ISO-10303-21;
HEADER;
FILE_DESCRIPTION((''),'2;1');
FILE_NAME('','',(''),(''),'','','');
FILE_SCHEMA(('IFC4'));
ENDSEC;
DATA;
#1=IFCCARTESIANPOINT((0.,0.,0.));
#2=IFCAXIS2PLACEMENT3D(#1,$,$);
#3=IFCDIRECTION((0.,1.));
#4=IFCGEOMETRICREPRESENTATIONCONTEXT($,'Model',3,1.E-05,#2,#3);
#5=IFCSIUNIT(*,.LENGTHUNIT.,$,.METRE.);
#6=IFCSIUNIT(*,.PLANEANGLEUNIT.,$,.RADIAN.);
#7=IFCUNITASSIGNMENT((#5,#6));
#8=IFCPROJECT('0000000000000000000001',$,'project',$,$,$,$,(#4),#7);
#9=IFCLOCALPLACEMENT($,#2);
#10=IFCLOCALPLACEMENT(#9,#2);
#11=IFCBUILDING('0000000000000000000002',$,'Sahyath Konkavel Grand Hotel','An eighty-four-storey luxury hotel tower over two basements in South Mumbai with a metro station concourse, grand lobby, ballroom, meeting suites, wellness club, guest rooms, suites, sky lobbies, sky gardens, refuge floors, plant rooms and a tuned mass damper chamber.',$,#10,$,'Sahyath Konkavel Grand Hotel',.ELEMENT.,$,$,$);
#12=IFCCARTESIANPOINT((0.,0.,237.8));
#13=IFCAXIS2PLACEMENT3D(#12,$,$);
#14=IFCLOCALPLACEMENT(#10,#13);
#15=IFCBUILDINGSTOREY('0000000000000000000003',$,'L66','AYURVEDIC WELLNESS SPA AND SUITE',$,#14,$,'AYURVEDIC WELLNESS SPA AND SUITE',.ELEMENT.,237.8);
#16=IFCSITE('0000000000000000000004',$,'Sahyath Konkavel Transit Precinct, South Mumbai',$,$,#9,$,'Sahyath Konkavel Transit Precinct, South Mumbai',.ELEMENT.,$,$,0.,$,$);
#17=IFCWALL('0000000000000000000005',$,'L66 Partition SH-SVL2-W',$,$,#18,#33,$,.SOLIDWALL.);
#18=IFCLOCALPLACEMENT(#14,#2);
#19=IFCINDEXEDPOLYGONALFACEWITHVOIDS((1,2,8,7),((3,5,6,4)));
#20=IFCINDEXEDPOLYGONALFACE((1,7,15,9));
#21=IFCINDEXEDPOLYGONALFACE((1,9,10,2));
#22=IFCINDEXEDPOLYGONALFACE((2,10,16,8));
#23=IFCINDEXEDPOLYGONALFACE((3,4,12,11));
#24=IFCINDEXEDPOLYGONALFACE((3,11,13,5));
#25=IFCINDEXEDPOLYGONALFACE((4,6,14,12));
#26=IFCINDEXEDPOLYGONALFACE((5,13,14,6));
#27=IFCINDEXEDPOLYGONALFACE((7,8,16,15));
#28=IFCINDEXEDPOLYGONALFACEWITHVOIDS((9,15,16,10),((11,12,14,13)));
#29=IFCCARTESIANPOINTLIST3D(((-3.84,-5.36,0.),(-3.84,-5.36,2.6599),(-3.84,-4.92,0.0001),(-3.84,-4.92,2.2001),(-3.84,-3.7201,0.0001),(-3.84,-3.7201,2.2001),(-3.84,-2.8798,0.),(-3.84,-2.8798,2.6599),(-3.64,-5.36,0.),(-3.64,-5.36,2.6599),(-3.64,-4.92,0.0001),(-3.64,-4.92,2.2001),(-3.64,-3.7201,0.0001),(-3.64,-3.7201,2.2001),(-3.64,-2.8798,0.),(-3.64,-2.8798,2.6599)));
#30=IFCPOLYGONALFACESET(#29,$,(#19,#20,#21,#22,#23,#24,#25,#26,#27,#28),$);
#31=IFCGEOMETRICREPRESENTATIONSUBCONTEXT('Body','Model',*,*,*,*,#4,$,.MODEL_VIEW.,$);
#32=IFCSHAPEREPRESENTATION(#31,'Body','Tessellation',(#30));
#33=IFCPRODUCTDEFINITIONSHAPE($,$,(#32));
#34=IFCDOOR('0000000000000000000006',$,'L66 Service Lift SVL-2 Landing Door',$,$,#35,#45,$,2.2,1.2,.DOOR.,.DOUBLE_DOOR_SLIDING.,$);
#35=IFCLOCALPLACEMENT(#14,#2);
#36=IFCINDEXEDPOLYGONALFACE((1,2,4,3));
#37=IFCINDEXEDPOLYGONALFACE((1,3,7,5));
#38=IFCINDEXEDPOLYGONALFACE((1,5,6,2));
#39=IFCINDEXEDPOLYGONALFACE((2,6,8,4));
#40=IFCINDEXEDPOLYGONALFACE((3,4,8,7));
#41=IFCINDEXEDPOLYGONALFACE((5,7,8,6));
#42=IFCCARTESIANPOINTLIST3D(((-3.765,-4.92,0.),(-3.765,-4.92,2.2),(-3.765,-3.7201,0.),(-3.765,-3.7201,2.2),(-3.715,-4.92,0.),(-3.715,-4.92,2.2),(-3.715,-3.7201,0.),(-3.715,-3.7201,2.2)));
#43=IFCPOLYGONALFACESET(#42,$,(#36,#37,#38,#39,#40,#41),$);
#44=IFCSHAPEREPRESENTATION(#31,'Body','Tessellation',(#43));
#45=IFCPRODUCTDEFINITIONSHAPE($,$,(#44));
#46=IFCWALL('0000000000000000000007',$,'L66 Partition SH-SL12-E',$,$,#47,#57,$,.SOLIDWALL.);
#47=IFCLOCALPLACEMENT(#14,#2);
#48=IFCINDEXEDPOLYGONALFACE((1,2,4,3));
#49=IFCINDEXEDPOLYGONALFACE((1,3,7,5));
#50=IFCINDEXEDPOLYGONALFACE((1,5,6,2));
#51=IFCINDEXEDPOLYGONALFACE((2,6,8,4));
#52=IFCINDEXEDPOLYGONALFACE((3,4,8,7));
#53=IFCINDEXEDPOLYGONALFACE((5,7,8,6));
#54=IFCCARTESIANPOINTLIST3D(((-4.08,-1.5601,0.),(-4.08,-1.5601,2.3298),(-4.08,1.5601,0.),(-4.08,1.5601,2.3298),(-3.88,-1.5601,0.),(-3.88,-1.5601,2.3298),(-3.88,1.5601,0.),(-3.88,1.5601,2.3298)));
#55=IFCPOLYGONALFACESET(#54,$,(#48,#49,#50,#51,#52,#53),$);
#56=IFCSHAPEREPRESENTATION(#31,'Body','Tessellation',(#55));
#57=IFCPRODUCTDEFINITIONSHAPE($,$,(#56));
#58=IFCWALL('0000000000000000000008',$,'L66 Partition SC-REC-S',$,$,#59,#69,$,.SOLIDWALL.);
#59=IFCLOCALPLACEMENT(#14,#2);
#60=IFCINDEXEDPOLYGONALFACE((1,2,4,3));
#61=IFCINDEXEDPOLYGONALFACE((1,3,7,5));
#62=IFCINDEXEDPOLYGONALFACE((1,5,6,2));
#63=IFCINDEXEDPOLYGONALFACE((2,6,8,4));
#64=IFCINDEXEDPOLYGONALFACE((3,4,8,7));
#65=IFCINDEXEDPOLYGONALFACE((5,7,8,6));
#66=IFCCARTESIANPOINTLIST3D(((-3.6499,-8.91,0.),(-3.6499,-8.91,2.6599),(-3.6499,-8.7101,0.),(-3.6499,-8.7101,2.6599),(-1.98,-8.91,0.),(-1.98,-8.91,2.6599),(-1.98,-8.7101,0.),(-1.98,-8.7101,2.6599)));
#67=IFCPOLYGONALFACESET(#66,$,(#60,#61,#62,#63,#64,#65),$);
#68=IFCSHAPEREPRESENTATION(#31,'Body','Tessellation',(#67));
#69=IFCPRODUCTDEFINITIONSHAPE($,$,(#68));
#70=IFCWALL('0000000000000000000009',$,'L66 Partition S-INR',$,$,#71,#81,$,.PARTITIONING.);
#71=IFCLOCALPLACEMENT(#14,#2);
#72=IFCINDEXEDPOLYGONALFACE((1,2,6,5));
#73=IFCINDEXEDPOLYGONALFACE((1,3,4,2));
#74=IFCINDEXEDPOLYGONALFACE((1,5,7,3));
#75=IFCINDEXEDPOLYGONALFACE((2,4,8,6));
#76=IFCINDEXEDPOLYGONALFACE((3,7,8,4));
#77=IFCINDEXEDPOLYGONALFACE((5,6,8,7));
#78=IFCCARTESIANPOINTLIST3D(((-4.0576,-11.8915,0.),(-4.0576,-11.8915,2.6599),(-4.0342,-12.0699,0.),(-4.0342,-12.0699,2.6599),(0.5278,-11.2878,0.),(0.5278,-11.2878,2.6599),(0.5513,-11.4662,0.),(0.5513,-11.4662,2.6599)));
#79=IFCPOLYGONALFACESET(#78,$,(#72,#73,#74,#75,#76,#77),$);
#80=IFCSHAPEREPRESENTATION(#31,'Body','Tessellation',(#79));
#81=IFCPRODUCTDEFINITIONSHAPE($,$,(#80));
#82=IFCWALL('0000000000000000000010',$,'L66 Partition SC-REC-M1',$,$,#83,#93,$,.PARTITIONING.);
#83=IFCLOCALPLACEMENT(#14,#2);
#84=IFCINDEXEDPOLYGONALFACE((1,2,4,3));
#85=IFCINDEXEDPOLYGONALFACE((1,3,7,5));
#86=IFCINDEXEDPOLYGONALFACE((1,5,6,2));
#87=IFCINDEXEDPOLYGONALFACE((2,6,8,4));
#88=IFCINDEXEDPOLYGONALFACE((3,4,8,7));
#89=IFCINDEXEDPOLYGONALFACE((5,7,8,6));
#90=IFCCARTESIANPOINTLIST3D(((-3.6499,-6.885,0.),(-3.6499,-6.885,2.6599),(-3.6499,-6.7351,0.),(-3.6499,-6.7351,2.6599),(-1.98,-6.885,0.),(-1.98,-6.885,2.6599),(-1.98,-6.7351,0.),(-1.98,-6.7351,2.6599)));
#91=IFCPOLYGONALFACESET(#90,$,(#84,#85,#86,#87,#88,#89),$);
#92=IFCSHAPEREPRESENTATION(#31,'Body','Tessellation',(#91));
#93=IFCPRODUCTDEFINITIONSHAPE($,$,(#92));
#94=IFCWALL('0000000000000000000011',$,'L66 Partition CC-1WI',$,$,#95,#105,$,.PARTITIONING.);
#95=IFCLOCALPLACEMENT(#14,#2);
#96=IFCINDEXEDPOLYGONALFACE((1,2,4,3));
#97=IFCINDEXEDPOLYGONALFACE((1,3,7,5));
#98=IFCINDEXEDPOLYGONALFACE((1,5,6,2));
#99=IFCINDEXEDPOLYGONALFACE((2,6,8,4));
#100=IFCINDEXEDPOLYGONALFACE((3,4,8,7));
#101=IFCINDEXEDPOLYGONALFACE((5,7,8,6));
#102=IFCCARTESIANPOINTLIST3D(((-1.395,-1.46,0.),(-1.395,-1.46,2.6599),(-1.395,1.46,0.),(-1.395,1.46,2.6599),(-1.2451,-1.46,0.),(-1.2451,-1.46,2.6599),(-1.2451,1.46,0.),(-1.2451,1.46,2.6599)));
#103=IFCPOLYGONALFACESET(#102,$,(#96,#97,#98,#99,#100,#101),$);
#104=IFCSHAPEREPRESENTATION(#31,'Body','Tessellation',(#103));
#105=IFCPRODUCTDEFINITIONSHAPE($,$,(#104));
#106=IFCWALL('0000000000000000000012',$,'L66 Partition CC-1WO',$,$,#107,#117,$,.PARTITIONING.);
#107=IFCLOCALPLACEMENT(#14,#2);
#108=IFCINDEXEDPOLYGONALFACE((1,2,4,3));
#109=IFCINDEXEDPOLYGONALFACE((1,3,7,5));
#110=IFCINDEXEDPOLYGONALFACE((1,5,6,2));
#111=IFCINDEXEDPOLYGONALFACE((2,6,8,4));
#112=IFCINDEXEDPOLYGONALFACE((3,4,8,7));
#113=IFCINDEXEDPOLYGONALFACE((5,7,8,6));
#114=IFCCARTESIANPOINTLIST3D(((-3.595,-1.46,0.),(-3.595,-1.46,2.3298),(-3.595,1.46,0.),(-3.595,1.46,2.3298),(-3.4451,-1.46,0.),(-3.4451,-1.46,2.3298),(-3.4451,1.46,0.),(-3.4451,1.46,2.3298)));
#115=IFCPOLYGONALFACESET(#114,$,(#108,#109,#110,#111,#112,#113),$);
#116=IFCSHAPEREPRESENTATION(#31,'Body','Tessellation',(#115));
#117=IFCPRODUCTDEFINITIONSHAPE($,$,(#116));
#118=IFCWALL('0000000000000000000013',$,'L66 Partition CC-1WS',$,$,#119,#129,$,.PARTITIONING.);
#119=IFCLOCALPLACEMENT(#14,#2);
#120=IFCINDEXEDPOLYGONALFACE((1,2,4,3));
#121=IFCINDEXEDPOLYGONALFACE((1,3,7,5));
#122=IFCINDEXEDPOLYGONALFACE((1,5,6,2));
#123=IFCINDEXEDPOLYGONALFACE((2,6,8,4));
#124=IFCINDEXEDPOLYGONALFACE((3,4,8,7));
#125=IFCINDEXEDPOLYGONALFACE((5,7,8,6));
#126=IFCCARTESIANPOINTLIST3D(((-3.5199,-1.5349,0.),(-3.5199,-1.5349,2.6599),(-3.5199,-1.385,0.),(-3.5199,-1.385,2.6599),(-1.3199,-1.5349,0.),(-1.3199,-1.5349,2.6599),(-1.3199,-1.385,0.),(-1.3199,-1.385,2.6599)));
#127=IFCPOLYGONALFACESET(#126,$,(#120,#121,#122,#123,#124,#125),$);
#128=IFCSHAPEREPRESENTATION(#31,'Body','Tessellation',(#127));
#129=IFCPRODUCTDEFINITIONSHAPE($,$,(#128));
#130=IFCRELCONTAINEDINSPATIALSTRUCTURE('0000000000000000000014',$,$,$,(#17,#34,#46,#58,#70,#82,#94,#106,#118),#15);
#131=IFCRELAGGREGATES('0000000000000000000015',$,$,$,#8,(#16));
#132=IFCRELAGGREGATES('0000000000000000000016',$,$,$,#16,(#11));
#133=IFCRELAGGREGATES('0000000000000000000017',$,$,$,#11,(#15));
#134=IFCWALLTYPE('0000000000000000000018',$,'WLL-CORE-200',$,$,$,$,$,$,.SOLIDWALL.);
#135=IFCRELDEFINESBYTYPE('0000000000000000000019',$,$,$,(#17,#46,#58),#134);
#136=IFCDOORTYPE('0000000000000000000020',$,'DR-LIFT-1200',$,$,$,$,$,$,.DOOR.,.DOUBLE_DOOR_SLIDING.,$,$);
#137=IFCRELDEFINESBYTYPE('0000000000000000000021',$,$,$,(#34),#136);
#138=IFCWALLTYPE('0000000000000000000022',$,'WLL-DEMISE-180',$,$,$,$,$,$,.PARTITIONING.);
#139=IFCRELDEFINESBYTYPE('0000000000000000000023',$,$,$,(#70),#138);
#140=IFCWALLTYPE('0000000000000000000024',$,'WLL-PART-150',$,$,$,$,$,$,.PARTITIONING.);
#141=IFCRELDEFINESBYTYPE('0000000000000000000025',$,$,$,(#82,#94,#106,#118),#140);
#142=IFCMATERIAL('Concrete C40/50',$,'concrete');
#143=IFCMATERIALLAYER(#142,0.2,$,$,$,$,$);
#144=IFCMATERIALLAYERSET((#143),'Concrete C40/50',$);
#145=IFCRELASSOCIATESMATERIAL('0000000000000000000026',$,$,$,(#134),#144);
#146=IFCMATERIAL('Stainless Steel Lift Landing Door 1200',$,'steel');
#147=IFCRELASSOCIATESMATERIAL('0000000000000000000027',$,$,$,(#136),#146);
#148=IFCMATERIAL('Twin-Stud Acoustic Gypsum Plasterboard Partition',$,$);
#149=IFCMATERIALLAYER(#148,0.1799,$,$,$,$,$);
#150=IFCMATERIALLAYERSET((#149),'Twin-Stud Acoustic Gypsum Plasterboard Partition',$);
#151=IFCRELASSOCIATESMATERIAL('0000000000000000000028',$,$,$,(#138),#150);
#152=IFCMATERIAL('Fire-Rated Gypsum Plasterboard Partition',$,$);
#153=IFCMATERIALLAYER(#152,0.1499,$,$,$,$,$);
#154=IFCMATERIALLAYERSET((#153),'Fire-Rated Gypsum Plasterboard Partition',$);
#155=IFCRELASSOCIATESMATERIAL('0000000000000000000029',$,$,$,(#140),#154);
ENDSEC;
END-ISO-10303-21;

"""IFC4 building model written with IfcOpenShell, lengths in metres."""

from ifc_helpers import new_model, si_unit, direction, frame, frame_2d, origin, origin_2d, place, context, subcontext, project, spatial, rectangle, extrude, source, transform, mapped, material, layer, layer_set, type_object, element, fill, save


model = new_model("IFC4")

# Units and contexts
model_context = context("Model", 3, precision=1e-05, world=origin(), true_north=direction((0.0, 1.0)))
body_context = subcontext(model_context, "Body", "Model", "MODEL_VIEW")
ifc_project = project(units=[si_unit("LENGTHUNIT", "METRE"), si_unit("PLANEANGLEUNIT", "RADIAN")], contexts=[model_context])

# Site, building, storey
site_placement = place(None, origin())
site = spatial("IfcSite", under=ifc_project, at=site_placement, Name="Sahyath Konkavel Transit Precinct, South Mumbai", LongName="Sahyath Konkavel Transit Precinct, South Mumbai", CompositionType="ELEMENT", RefElevation=0.0)
building_placement = place(site_placement, origin())
building = spatial("IfcBuilding", under=site, at=building_placement, Name="Sahyath Konkavel Grand Hotel", Description="An eighty-four-storey luxury hotel tower over two basements in South Mumbai with a metro station concourse, grand lobby, ballroom, meeting suites, wellness club, guest rooms, suites, sky lobbies, sky gardens, refuge floors, plant rooms and a tuned mass damper chamber.", LongName="Sahyath Konkavel Grand Hotel", CompositionType="ELEMENT")
storey_placement = place(building_placement, frame((0.0, 0.0, 237.8)))
storey = spatial("IfcBuildingStorey", under=building, at=storey_placement, Name="L66", Description="AYURVEDIC WELLNESS SPA AND SUITE", LongName="AYURVEDIC WELLNESS SPA AND SUITE", CompositionType="ELEMENT", Elevation=237.8)

# Shared definitions
ifc_material_1 = material(Name="Concrete C40/50", Category="concrete")

# Shared definitions
ifc_layer_1 = layer(ifc_material_1, 0.2)
ifc_layer_set_1 = layer_set([ifc_layer_1], Name="Concrete C40/50")
wall_type_1 = type_object("IfcWallType", Name="WLL-CORE-200", PredefinedType="SOLIDWALL", material=ifc_layer_set_1)

# Wall, opening, door
wall_1_placement = place(storey_placement, frame((-3.74, -5.3601, 0.0), z_axis=(0.0, 0.0, 1.0), x_axis=(0.0, 1.0, 0.0)))
wall_1 = element("IfcWall", 1, at=wall_1_placement, inside=storey, type_object=wall_type_1, Name="L66 Partition SH-SVL2-W", PredefinedType="SOLIDWALL", context=body_context, shape_type="SweptSolid", body=[
    extrude(rectangle(XDim=2.4802, YDim=0.2, at=frame_2d((1.2402, 0.0))), origin(), (0.0, 0.0, 1.0), 2.6599),
])
opening_1_placement = place(wall_1_placement, frame((0.4399, 0.0, 0.0)))
opening_1 = element("IfcOpeningElement", 2, at=opening_1_placement, cuts=wall_1, PredefinedType="OPENING", context=body_context, shape_type="SweptSolid", body=[
    extrude(rectangle(XDim=1.2, YDim=2.2, at=frame_2d((0.6001, 1.1001))), frame((0.0, 0.1099, 0.0), z_axis=(0.0, -1.0, 0.0), x_axis=(1.0, 0.0, 0.0)), (0.0, 0.0, 1.0), 0.22),
])
ifc_material_2 = material(Name="Stainless Steel Lift Landing Door 1200", Category="steel")
door_type_1 = type_object("IfcDoorType", Name="DR-LIFT-1200", OperationType="DOUBLE_DOOR_SLIDING", PredefinedType="DOOR", material=ifc_material_2)
shared_shape_1 = source(origin(), body_context, "Body", "SweptSolid", [
    extrude(rectangle(XDim=1.2, YDim=0.05, at=origin_2d()), origin(), (0.0, 0.0, 1.0), 2.2),
])
door_1_placement = place(opening_1_placement, frame((0.6001, 0.0, 0.0)))
door_1 = element("IfcDoor", 3, at=door_1_placement, inside=storey, type_object=door_type_1, Name="L66 Service Lift SVL-2 Landing Door", OperationType="DOUBLE_DOOR_SLIDING", OverallHeight=2.2, OverallWidth=1.2, PredefinedType="DOOR", context=body_context, shape_type="MappedRepresentation", body=[
    mapped(shared_shape_1, transform((0.0, 0.0, 0.0), scale=1.0)),
])
fill(opening_1, door_1)

# Wall
wall_2_placement = place(storey_placement, frame((-3.98, -1.5601, 0.0), z_axis=(0.0, 0.0, 1.0), x_axis=(0.0, 1.0, 0.0)))
element("IfcWall", 4, at=wall_2_placement, inside=storey, type_object=wall_type_1, Name="L66 Partition SH-SL12-E", PredefinedType="SOLIDWALL", context=body_context, shape_type="SweptSolid", body=[
    extrude(rectangle(XDim=3.1201, YDim=0.2, at=frame_2d((1.5601, 0.0))), origin(), (0.0, 0.0, 1.0), 2.3298),
])

# Walls
wall_3_placement = place(storey_placement, frame((-3.6499, -8.8101, 0.0), z_axis=(0.0, 0.0, 1.0), x_axis=(1.0, 0.0, 0.0)))
element("IfcWall", 5, at=wall_3_placement, inside=storey, type_object=wall_type_1, Name="L66 Partition SC-REC-S", PredefinedType="SOLIDWALL", context=body_context, shape_type="SweptSolid", body=[
    extrude(rectangle(XDim=1.6699, YDim=0.2, at=frame_2d((0.835, 0.0))), origin(), (0.0, 0.0, 1.0), 2.6599),
])
ifc_material_3 = material(Name="Twin-Stud Acoustic Gypsum Plasterboard Partition")
ifc_layer_2 = layer(ifc_material_3, 0.1799)
ifc_layer_set_2 = layer_set([ifc_layer_2], Name="Twin-Stud Acoustic Gypsum Plasterboard Partition")
wall_type_2 = type_object("IfcWallType", Name="WLL-DEMISE-180", PredefinedType="PARTITIONING", material=ifc_layer_set_2)
wall_4_placement = place(storey_placement, frame((-4.0459, -11.9807, 0.0), z_axis=(0.0, 0.0, 1.0), x_axis=(0.991443, 0.130542, 0.0)))
element("IfcWall", 6, at=wall_4_placement, inside=storey, type_object=wall_type_2, Name="L66 Partition S-INR", PredefinedType="PARTITIONING", context=body_context, shape_type="SweptSolid", body=[
    extrude(rectangle(XDim=4.625, YDim=0.1799, at=frame_2d((2.3125, 0.0))), origin(), (0.0, 0.0, 1.0), 2.6599),
])
ifc_material_4 = material(Name="Fire-Rated Gypsum Plasterboard Partition")
ifc_layer_3 = layer(ifc_material_4, 0.1499)
ifc_layer_set_3 = layer_set([ifc_layer_3], Name="Fire-Rated Gypsum Plasterboard Partition")
wall_type_3 = type_object("IfcWallType", Name="WLL-PART-150", PredefinedType="PARTITIONING", material=ifc_layer_set_3)
wall_5_placement = place(storey_placement, frame((-3.6499, -6.8101, 0.0), z_axis=(0.0, 0.0, 1.0), x_axis=(1.0, 0.0, 0.0)))
element("IfcWall", 7, at=wall_5_placement, inside=storey, type_object=wall_type_3, Name="L66 Partition SC-REC-M1", PredefinedType="PARTITIONING", context=body_context, shape_type="SweptSolid", body=[
    extrude(rectangle(XDim=1.6699, YDim=0.1499, at=frame_2d((0.835, 0.0))), origin(), (0.0, 0.0, 1.0), 2.6599),
])
wall_6_placement = place(storey_placement, frame((-1.3201, -1.46, 0.0), z_axis=(0.0, 0.0, 1.0), x_axis=(0.0, 1.0, 0.0)))
element("IfcWall", 8, at=wall_6_placement, inside=storey, type_object=wall_type_3, Name="L66 Partition CC-1WI", PredefinedType="PARTITIONING", context=body_context, shape_type="SweptSolid", body=[
    extrude(rectangle(XDim=2.9199, YDim=0.1499, at=frame_2d((1.46, 0.0))), origin(), (0.0, 0.0, 1.0), 2.6599),
])
wall_7_placement = place(storey_placement, frame((-3.52, -1.46, 0.0), z_axis=(0.0, 0.0, 1.0), x_axis=(0.0, 1.0, 0.0)))
element("IfcWall", 9, at=wall_7_placement, inside=storey, type_object=wall_type_3, Name="L66 Partition CC-1WO", PredefinedType="PARTITIONING", context=body_context, shape_type="SweptSolid", body=[
    extrude(rectangle(XDim=2.9199, YDim=0.1499, at=frame_2d((1.46, 0.0))), origin(), (0.0, 0.0, 1.0), 2.3298),
])
wall_8_placement = place(storey_placement, frame((-3.52, -1.46, 0.0), z_axis=(0.0, 0.0, 1.0), x_axis=(1.0, 0.0, 0.0)))
element("IfcWall", 10, at=wall_8_placement, inside=storey, type_object=wall_type_3, Name="L66 Partition CC-1WS", PredefinedType="PARTITIONING", context=body_context, shape_type="SweptSolid", body=[
    extrude(rectangle(XDim=2.2, YDim=0.1499, at=frame_2d((1.1001, 0.0))), origin(), (0.0, 0.0, 1.0), 2.6599),
])

save(model, "model.ifc")
